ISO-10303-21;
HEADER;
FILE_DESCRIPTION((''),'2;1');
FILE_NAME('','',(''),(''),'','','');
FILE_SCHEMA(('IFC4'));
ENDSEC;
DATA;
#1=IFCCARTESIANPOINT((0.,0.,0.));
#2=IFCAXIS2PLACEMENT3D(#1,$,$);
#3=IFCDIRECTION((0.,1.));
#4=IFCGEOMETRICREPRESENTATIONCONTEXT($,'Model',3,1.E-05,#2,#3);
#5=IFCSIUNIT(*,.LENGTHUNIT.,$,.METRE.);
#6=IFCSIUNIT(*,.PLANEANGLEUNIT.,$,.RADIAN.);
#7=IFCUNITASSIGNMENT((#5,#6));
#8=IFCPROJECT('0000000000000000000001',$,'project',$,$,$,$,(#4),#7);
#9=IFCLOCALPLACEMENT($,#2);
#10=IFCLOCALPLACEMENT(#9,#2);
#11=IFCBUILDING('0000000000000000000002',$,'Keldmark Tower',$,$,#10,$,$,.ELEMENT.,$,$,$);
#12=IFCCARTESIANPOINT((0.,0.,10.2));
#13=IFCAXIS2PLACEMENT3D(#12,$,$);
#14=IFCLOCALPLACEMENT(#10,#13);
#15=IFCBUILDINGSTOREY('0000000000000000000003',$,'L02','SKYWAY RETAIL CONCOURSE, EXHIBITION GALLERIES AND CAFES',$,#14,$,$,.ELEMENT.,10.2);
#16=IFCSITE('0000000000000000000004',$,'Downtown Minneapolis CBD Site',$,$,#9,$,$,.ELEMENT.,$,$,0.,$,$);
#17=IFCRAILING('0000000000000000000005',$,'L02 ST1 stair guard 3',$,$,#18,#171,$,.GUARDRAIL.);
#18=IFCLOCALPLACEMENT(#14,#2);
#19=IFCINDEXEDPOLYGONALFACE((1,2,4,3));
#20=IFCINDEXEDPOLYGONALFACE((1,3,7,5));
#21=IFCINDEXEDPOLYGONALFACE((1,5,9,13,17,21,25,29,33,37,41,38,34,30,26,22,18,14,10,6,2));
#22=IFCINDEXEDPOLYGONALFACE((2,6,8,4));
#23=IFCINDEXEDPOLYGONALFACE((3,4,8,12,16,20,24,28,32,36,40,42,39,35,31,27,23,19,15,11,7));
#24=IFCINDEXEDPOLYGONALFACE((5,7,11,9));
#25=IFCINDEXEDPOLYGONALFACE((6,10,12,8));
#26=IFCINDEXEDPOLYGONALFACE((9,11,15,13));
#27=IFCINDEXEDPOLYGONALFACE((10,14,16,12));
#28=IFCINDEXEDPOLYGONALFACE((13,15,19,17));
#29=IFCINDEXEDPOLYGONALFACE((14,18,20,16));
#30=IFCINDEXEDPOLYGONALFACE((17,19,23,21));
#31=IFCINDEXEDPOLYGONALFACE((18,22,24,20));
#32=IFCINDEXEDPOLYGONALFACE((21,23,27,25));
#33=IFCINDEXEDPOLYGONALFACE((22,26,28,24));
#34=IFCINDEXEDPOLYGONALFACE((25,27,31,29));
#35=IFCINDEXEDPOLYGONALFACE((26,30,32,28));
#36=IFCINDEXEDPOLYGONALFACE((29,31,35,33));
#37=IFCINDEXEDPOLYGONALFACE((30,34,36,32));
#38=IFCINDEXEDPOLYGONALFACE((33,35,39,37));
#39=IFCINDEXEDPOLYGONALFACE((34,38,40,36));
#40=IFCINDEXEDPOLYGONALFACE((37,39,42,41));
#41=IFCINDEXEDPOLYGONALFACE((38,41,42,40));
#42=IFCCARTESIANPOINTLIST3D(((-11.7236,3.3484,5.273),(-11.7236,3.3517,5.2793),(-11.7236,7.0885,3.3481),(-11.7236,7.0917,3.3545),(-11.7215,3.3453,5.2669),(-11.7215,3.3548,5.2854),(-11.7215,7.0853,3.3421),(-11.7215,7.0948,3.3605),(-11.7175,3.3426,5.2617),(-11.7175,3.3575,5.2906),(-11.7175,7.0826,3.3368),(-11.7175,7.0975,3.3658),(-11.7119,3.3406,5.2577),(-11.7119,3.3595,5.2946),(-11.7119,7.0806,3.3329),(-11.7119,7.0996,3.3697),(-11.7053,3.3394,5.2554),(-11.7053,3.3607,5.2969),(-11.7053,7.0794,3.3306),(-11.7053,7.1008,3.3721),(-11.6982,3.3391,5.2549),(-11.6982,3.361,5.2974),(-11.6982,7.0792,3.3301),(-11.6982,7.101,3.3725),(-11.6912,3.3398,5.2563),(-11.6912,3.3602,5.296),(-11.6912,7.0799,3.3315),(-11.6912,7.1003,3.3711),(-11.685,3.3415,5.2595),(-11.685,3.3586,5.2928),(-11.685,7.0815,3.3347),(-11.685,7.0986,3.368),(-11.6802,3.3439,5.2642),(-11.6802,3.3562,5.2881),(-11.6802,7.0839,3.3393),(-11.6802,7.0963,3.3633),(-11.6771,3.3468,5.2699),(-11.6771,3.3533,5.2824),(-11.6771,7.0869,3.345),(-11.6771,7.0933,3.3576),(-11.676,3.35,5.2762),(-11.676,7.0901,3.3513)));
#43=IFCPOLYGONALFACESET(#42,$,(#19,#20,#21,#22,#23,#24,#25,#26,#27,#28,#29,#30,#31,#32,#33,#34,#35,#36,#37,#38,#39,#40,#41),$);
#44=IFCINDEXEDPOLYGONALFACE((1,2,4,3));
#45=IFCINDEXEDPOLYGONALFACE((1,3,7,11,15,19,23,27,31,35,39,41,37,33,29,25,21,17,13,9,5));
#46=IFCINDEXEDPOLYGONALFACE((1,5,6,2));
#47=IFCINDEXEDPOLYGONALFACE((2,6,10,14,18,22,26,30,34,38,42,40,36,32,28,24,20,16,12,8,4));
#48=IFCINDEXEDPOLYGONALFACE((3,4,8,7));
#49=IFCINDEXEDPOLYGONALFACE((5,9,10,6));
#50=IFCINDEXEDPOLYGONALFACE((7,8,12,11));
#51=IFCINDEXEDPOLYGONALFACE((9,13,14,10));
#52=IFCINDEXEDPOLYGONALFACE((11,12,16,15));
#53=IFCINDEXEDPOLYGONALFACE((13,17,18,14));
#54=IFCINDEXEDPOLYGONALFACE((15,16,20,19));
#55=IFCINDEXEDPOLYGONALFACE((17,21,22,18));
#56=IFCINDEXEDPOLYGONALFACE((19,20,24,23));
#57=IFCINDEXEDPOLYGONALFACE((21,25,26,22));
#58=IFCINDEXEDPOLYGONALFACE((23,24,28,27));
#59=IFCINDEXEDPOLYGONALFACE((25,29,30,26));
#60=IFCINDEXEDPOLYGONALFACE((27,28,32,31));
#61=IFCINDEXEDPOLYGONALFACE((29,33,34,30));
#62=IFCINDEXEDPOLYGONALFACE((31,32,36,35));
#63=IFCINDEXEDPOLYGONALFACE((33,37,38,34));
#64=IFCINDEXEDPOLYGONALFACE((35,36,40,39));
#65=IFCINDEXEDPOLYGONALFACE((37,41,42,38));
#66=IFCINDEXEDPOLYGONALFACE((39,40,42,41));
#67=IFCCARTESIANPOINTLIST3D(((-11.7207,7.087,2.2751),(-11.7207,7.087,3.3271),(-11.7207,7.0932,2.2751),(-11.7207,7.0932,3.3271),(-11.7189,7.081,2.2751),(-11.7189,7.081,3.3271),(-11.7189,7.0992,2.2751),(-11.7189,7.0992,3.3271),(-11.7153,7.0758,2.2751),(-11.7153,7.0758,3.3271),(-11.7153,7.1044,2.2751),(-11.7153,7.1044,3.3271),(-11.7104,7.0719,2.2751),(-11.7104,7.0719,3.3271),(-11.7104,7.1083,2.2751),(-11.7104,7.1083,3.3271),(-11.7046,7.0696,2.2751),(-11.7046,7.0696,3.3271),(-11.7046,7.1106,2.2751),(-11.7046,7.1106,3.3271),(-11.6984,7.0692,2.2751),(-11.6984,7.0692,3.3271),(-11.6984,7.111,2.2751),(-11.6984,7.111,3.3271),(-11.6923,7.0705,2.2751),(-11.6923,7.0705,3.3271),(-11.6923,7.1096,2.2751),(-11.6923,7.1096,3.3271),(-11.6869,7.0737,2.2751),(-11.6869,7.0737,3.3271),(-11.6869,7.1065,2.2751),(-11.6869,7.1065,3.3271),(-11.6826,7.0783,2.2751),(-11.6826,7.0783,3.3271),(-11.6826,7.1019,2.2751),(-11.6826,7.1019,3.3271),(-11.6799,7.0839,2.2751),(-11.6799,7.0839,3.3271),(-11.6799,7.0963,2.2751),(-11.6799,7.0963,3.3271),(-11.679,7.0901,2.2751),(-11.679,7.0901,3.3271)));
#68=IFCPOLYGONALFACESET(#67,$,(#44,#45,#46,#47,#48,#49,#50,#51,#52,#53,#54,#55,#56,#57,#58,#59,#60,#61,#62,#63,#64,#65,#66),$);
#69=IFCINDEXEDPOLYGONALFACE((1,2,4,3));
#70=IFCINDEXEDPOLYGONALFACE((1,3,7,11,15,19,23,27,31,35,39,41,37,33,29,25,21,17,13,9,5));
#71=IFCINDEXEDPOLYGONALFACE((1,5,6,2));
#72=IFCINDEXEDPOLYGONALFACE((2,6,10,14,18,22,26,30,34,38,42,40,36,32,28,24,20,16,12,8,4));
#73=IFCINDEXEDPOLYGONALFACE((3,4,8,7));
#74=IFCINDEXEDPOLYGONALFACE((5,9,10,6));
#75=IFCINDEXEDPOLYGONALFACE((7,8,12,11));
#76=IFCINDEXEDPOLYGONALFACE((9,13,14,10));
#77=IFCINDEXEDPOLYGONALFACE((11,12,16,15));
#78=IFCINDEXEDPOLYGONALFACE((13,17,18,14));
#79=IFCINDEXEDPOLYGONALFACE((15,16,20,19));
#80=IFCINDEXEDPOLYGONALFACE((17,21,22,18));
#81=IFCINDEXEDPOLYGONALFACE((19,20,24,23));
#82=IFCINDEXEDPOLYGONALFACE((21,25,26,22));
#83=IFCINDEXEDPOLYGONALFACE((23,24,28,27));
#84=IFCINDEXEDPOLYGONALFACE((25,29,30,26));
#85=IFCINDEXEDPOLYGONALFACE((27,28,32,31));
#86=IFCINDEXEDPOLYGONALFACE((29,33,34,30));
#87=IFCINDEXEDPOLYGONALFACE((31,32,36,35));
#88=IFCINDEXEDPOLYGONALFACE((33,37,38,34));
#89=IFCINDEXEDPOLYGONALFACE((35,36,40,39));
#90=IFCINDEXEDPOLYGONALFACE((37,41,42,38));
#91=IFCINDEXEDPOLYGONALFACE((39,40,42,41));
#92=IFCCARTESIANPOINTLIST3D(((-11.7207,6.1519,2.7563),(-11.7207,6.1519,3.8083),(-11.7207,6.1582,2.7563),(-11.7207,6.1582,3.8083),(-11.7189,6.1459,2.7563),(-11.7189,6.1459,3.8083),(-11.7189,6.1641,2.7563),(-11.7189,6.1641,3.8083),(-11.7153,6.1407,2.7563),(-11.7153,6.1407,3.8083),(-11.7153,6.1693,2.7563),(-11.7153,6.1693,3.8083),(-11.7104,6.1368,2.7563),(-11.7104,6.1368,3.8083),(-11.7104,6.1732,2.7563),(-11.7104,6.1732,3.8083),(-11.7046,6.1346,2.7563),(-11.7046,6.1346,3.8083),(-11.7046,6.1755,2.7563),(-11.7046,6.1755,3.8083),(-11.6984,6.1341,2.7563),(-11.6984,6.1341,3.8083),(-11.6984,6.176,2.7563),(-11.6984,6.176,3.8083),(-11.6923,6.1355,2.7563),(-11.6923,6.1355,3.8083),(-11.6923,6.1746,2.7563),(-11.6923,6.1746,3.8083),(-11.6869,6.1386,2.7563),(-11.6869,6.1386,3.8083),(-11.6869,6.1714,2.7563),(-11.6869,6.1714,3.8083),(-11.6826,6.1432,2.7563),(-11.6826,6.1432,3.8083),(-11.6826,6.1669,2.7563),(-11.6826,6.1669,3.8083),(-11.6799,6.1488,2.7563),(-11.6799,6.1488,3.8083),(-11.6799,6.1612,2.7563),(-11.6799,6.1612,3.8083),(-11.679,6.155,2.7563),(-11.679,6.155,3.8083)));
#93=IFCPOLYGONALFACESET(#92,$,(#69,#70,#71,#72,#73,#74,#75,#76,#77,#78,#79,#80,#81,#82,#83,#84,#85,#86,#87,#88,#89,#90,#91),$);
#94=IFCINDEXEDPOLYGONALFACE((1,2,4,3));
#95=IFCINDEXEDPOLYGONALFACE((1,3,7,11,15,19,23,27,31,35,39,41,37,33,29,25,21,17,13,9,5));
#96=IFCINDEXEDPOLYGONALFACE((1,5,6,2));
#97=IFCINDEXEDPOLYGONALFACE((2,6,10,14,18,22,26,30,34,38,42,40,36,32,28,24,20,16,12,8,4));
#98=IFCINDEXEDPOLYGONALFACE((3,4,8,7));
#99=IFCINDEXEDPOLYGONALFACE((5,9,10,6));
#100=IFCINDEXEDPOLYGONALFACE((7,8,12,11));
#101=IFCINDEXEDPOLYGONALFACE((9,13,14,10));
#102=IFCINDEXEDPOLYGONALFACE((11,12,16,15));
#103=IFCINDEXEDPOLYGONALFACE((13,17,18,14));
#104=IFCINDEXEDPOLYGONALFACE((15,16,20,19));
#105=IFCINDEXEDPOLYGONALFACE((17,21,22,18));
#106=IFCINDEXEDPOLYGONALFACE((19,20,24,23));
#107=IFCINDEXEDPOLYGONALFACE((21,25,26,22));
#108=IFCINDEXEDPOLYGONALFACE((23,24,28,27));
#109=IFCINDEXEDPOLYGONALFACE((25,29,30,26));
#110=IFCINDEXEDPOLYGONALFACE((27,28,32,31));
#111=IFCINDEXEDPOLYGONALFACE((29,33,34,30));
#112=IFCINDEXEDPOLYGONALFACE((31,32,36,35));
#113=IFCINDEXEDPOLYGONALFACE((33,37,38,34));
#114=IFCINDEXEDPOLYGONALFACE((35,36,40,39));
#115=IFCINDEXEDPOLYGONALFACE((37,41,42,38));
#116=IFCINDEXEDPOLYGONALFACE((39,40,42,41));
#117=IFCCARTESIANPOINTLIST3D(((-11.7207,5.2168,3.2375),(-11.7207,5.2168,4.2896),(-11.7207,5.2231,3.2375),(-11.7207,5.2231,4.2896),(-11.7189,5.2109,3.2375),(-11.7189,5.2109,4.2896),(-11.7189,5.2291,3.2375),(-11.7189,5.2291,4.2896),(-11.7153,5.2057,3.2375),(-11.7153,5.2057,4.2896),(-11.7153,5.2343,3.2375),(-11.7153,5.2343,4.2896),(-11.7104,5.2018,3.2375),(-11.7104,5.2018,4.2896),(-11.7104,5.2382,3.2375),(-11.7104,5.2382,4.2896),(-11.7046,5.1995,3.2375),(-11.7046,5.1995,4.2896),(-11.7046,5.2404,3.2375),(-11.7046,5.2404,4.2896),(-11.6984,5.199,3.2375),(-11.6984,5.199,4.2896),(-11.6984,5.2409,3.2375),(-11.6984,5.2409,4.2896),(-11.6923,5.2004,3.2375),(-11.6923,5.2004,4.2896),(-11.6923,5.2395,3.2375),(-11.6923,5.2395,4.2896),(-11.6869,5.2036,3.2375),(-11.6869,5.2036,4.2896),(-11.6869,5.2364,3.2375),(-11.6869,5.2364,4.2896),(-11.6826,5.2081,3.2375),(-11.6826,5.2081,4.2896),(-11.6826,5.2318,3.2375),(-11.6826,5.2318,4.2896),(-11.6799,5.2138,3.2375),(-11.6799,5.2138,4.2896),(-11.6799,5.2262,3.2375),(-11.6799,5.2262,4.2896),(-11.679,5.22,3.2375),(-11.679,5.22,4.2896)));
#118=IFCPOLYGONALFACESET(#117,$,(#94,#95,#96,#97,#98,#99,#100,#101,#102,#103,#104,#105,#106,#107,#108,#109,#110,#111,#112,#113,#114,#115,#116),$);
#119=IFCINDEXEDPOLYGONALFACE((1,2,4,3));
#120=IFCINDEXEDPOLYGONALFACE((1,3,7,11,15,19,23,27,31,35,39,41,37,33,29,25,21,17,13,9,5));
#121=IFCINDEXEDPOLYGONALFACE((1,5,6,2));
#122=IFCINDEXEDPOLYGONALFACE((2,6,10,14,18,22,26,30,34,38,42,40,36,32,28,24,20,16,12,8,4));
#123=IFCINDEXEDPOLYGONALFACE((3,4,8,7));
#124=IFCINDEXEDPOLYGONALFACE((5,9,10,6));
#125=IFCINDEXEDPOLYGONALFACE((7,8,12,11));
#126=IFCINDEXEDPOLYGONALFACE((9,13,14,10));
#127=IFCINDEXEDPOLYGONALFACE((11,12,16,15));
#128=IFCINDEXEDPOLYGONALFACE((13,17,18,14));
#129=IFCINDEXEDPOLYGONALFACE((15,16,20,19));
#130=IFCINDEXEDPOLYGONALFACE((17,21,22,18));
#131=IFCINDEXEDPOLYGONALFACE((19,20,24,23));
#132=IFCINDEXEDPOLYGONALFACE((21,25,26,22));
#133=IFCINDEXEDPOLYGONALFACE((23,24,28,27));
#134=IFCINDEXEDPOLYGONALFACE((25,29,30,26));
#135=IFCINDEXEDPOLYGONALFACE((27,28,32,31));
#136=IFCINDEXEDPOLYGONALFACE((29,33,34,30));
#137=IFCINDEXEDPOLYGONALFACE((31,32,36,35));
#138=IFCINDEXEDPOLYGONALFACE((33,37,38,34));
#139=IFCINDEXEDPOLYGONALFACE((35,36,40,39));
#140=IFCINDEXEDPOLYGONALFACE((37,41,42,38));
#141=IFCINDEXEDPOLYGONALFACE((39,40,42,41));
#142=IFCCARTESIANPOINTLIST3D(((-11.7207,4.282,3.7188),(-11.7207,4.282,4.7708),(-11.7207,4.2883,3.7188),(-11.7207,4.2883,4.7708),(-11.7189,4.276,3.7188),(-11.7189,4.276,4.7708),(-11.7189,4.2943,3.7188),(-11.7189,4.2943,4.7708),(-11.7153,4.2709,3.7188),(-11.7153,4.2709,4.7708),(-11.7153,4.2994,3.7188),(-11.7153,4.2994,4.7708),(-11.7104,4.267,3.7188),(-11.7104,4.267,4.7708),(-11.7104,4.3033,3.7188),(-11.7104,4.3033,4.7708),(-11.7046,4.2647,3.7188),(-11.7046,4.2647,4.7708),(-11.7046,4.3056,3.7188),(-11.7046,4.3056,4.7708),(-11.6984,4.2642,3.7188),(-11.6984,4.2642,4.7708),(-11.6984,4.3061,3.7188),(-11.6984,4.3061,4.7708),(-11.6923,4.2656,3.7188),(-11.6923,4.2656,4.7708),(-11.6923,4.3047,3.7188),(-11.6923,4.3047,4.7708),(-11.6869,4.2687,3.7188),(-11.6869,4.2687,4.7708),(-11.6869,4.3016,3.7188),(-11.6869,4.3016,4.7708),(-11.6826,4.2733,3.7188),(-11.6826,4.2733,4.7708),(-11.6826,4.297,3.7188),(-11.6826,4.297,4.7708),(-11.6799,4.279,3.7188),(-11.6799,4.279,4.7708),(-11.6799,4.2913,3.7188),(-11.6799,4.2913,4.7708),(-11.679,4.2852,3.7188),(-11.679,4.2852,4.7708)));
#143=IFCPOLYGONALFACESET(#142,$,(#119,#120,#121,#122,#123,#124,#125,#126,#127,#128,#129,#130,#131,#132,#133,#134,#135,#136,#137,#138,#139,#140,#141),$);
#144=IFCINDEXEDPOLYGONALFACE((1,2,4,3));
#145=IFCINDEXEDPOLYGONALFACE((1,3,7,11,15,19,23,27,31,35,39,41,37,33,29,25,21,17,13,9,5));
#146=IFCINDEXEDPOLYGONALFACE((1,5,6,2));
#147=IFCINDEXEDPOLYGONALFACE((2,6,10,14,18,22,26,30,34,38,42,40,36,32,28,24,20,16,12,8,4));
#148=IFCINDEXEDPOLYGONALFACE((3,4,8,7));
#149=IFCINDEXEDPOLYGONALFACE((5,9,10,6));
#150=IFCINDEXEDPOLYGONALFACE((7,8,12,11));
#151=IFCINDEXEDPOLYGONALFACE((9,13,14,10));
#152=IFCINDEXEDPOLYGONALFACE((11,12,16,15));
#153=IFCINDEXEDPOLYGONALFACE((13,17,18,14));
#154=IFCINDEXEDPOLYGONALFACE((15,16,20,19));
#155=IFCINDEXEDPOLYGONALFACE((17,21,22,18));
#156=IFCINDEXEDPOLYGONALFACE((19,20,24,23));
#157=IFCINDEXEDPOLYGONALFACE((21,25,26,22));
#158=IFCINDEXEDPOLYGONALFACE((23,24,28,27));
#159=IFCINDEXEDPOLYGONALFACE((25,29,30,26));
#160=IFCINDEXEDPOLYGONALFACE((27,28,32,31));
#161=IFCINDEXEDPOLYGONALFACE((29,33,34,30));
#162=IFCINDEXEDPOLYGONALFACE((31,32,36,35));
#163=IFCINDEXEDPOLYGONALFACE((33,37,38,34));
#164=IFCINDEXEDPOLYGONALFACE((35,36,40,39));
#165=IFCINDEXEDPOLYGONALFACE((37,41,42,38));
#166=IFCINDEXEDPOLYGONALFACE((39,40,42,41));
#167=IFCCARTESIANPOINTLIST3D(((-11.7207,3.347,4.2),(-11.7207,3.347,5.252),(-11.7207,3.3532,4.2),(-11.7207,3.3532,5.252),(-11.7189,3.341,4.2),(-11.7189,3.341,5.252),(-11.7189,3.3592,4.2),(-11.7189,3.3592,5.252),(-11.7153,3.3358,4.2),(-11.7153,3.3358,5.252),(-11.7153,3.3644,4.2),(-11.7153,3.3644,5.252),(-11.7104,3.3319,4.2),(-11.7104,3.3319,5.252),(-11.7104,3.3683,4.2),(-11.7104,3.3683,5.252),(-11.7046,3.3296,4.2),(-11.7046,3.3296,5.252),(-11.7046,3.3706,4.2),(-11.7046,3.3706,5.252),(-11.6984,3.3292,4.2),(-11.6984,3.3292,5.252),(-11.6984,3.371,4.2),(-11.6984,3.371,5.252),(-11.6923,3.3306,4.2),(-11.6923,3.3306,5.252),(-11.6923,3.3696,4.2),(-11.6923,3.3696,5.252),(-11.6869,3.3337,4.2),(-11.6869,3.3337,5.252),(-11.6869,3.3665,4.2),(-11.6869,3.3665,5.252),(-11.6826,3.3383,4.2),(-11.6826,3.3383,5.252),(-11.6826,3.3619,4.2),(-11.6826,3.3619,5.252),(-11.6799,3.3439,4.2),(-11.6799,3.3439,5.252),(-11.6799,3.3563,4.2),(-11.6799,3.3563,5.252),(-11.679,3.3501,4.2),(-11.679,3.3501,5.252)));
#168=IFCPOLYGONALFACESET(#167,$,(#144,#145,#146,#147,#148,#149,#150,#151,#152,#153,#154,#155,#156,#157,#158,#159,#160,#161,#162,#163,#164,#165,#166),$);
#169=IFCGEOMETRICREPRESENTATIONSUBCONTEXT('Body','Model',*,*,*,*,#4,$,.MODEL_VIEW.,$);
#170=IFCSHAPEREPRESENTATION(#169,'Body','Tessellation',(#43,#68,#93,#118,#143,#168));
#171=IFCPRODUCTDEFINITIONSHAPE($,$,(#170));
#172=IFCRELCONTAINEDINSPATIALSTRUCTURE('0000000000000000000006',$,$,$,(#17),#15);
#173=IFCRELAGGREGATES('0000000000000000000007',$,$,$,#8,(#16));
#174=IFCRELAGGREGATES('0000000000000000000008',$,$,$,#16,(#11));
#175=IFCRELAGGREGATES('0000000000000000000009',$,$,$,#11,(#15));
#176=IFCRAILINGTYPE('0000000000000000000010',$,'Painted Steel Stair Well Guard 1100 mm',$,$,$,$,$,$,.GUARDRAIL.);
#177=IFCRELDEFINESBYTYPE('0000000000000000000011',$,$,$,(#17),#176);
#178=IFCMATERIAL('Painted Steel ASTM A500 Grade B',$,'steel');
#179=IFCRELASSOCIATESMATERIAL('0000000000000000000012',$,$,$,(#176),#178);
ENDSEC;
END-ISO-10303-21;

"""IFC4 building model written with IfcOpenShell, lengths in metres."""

from ifc_helpers import new_model, si_unit, direction, frame, origin, origin_2d, place, context, subcontext, project, spatial, circle, extrude, material, type_object, element, save


model = new_model("IFC4")

# Units and contexts
model_context = context("Model", 3, precision=1e-05, world=origin(), true_north=direction((0.0, 1.0)))
body_context = subcontext(model_context, "Body", "Model", "MODEL_VIEW")
ifc_project = project(units=[si_unit("LENGTHUNIT", "METRE"), si_unit("PLANEANGLEUNIT", "RADIAN")], contexts=[model_context])

# Site, building, storey
site_placement = place(None, origin())
site = spatial("IfcSite", under=ifc_project, at=site_placement, Name="Downtown Minneapolis CBD Site", CompositionType="ELEMENT", RefElevation=0.0)
building_placement = place(site_placement, origin())
building = spatial("IfcBuilding", under=site, at=building_placement, Name="Keldmark Tower", CompositionType="ELEMENT")
storey_placement = place(building_placement, frame((0.0, 0.0, 10.2)))
storey = spatial("IfcBuildingStorey", under=building, at=storey_placement, Name="L02", Description="SKYWAY RETAIL CONCOURSE, EXHIBITION GALLERIES AND CAFES", CompositionType="ELEMENT", Elevation=10.2)

# Railing
ifc_material_1 = material(Name="Painted Steel ASTM A500 Grade B", Category="steel")
railing_type_1 = type_object("IfcRailingType", Name="Painted Steel Stair Well Guard 1100 mm", PredefinedType="GUARDRAIL", material=ifc_material_1)
railing_1_placement = place(storey_placement, frame((-11.7, 7.0901, 2.2751)))
element("IfcRailing", 1, at=railing_1_placement, inside=storey, type_object=railing_type_1, Name="L02 ST1 stair guard 3", PredefinedType="GUARDRAIL", context=body_context, shape_type="SweptSolid", body=[
    extrude(circle(Radius=0.0239, at=origin_2d()), frame((0.0, 0.0, 1.0762), z_axis=(0.0, -0.889154, 0.457608), x_axis=(1.0, 0.0, 0.0)), (0.0, 0.0, 1.0), 4.2063),
    extrude(circle(Radius=0.021, at=origin_2d()), origin(), (0.0, 0.0, 1.0), 1.052),
    extrude(circle(Radius=0.021, at=origin_2d()), frame((0.0, -0.9351, 0.4812)), (0.0, 0.0, 1.0), 1.052),
    extrude(circle(Radius=0.021, at=origin_2d()), frame((0.0, -1.8701, 0.9624)), (0.0, 0.0, 1.0), 1.052),
    extrude(circle(Radius=0.021, at=origin_2d()), frame((0.0, -2.8049, 1.4436)), (0.0, 0.0, 1.0), 1.052),
    extrude(circle(Radius=0.021, at=origin_2d()), frame((0.0, -3.74, 1.9248)), (0.0, 0.0, 1.0), 1.052),
])

save(model, "model.ifc")
